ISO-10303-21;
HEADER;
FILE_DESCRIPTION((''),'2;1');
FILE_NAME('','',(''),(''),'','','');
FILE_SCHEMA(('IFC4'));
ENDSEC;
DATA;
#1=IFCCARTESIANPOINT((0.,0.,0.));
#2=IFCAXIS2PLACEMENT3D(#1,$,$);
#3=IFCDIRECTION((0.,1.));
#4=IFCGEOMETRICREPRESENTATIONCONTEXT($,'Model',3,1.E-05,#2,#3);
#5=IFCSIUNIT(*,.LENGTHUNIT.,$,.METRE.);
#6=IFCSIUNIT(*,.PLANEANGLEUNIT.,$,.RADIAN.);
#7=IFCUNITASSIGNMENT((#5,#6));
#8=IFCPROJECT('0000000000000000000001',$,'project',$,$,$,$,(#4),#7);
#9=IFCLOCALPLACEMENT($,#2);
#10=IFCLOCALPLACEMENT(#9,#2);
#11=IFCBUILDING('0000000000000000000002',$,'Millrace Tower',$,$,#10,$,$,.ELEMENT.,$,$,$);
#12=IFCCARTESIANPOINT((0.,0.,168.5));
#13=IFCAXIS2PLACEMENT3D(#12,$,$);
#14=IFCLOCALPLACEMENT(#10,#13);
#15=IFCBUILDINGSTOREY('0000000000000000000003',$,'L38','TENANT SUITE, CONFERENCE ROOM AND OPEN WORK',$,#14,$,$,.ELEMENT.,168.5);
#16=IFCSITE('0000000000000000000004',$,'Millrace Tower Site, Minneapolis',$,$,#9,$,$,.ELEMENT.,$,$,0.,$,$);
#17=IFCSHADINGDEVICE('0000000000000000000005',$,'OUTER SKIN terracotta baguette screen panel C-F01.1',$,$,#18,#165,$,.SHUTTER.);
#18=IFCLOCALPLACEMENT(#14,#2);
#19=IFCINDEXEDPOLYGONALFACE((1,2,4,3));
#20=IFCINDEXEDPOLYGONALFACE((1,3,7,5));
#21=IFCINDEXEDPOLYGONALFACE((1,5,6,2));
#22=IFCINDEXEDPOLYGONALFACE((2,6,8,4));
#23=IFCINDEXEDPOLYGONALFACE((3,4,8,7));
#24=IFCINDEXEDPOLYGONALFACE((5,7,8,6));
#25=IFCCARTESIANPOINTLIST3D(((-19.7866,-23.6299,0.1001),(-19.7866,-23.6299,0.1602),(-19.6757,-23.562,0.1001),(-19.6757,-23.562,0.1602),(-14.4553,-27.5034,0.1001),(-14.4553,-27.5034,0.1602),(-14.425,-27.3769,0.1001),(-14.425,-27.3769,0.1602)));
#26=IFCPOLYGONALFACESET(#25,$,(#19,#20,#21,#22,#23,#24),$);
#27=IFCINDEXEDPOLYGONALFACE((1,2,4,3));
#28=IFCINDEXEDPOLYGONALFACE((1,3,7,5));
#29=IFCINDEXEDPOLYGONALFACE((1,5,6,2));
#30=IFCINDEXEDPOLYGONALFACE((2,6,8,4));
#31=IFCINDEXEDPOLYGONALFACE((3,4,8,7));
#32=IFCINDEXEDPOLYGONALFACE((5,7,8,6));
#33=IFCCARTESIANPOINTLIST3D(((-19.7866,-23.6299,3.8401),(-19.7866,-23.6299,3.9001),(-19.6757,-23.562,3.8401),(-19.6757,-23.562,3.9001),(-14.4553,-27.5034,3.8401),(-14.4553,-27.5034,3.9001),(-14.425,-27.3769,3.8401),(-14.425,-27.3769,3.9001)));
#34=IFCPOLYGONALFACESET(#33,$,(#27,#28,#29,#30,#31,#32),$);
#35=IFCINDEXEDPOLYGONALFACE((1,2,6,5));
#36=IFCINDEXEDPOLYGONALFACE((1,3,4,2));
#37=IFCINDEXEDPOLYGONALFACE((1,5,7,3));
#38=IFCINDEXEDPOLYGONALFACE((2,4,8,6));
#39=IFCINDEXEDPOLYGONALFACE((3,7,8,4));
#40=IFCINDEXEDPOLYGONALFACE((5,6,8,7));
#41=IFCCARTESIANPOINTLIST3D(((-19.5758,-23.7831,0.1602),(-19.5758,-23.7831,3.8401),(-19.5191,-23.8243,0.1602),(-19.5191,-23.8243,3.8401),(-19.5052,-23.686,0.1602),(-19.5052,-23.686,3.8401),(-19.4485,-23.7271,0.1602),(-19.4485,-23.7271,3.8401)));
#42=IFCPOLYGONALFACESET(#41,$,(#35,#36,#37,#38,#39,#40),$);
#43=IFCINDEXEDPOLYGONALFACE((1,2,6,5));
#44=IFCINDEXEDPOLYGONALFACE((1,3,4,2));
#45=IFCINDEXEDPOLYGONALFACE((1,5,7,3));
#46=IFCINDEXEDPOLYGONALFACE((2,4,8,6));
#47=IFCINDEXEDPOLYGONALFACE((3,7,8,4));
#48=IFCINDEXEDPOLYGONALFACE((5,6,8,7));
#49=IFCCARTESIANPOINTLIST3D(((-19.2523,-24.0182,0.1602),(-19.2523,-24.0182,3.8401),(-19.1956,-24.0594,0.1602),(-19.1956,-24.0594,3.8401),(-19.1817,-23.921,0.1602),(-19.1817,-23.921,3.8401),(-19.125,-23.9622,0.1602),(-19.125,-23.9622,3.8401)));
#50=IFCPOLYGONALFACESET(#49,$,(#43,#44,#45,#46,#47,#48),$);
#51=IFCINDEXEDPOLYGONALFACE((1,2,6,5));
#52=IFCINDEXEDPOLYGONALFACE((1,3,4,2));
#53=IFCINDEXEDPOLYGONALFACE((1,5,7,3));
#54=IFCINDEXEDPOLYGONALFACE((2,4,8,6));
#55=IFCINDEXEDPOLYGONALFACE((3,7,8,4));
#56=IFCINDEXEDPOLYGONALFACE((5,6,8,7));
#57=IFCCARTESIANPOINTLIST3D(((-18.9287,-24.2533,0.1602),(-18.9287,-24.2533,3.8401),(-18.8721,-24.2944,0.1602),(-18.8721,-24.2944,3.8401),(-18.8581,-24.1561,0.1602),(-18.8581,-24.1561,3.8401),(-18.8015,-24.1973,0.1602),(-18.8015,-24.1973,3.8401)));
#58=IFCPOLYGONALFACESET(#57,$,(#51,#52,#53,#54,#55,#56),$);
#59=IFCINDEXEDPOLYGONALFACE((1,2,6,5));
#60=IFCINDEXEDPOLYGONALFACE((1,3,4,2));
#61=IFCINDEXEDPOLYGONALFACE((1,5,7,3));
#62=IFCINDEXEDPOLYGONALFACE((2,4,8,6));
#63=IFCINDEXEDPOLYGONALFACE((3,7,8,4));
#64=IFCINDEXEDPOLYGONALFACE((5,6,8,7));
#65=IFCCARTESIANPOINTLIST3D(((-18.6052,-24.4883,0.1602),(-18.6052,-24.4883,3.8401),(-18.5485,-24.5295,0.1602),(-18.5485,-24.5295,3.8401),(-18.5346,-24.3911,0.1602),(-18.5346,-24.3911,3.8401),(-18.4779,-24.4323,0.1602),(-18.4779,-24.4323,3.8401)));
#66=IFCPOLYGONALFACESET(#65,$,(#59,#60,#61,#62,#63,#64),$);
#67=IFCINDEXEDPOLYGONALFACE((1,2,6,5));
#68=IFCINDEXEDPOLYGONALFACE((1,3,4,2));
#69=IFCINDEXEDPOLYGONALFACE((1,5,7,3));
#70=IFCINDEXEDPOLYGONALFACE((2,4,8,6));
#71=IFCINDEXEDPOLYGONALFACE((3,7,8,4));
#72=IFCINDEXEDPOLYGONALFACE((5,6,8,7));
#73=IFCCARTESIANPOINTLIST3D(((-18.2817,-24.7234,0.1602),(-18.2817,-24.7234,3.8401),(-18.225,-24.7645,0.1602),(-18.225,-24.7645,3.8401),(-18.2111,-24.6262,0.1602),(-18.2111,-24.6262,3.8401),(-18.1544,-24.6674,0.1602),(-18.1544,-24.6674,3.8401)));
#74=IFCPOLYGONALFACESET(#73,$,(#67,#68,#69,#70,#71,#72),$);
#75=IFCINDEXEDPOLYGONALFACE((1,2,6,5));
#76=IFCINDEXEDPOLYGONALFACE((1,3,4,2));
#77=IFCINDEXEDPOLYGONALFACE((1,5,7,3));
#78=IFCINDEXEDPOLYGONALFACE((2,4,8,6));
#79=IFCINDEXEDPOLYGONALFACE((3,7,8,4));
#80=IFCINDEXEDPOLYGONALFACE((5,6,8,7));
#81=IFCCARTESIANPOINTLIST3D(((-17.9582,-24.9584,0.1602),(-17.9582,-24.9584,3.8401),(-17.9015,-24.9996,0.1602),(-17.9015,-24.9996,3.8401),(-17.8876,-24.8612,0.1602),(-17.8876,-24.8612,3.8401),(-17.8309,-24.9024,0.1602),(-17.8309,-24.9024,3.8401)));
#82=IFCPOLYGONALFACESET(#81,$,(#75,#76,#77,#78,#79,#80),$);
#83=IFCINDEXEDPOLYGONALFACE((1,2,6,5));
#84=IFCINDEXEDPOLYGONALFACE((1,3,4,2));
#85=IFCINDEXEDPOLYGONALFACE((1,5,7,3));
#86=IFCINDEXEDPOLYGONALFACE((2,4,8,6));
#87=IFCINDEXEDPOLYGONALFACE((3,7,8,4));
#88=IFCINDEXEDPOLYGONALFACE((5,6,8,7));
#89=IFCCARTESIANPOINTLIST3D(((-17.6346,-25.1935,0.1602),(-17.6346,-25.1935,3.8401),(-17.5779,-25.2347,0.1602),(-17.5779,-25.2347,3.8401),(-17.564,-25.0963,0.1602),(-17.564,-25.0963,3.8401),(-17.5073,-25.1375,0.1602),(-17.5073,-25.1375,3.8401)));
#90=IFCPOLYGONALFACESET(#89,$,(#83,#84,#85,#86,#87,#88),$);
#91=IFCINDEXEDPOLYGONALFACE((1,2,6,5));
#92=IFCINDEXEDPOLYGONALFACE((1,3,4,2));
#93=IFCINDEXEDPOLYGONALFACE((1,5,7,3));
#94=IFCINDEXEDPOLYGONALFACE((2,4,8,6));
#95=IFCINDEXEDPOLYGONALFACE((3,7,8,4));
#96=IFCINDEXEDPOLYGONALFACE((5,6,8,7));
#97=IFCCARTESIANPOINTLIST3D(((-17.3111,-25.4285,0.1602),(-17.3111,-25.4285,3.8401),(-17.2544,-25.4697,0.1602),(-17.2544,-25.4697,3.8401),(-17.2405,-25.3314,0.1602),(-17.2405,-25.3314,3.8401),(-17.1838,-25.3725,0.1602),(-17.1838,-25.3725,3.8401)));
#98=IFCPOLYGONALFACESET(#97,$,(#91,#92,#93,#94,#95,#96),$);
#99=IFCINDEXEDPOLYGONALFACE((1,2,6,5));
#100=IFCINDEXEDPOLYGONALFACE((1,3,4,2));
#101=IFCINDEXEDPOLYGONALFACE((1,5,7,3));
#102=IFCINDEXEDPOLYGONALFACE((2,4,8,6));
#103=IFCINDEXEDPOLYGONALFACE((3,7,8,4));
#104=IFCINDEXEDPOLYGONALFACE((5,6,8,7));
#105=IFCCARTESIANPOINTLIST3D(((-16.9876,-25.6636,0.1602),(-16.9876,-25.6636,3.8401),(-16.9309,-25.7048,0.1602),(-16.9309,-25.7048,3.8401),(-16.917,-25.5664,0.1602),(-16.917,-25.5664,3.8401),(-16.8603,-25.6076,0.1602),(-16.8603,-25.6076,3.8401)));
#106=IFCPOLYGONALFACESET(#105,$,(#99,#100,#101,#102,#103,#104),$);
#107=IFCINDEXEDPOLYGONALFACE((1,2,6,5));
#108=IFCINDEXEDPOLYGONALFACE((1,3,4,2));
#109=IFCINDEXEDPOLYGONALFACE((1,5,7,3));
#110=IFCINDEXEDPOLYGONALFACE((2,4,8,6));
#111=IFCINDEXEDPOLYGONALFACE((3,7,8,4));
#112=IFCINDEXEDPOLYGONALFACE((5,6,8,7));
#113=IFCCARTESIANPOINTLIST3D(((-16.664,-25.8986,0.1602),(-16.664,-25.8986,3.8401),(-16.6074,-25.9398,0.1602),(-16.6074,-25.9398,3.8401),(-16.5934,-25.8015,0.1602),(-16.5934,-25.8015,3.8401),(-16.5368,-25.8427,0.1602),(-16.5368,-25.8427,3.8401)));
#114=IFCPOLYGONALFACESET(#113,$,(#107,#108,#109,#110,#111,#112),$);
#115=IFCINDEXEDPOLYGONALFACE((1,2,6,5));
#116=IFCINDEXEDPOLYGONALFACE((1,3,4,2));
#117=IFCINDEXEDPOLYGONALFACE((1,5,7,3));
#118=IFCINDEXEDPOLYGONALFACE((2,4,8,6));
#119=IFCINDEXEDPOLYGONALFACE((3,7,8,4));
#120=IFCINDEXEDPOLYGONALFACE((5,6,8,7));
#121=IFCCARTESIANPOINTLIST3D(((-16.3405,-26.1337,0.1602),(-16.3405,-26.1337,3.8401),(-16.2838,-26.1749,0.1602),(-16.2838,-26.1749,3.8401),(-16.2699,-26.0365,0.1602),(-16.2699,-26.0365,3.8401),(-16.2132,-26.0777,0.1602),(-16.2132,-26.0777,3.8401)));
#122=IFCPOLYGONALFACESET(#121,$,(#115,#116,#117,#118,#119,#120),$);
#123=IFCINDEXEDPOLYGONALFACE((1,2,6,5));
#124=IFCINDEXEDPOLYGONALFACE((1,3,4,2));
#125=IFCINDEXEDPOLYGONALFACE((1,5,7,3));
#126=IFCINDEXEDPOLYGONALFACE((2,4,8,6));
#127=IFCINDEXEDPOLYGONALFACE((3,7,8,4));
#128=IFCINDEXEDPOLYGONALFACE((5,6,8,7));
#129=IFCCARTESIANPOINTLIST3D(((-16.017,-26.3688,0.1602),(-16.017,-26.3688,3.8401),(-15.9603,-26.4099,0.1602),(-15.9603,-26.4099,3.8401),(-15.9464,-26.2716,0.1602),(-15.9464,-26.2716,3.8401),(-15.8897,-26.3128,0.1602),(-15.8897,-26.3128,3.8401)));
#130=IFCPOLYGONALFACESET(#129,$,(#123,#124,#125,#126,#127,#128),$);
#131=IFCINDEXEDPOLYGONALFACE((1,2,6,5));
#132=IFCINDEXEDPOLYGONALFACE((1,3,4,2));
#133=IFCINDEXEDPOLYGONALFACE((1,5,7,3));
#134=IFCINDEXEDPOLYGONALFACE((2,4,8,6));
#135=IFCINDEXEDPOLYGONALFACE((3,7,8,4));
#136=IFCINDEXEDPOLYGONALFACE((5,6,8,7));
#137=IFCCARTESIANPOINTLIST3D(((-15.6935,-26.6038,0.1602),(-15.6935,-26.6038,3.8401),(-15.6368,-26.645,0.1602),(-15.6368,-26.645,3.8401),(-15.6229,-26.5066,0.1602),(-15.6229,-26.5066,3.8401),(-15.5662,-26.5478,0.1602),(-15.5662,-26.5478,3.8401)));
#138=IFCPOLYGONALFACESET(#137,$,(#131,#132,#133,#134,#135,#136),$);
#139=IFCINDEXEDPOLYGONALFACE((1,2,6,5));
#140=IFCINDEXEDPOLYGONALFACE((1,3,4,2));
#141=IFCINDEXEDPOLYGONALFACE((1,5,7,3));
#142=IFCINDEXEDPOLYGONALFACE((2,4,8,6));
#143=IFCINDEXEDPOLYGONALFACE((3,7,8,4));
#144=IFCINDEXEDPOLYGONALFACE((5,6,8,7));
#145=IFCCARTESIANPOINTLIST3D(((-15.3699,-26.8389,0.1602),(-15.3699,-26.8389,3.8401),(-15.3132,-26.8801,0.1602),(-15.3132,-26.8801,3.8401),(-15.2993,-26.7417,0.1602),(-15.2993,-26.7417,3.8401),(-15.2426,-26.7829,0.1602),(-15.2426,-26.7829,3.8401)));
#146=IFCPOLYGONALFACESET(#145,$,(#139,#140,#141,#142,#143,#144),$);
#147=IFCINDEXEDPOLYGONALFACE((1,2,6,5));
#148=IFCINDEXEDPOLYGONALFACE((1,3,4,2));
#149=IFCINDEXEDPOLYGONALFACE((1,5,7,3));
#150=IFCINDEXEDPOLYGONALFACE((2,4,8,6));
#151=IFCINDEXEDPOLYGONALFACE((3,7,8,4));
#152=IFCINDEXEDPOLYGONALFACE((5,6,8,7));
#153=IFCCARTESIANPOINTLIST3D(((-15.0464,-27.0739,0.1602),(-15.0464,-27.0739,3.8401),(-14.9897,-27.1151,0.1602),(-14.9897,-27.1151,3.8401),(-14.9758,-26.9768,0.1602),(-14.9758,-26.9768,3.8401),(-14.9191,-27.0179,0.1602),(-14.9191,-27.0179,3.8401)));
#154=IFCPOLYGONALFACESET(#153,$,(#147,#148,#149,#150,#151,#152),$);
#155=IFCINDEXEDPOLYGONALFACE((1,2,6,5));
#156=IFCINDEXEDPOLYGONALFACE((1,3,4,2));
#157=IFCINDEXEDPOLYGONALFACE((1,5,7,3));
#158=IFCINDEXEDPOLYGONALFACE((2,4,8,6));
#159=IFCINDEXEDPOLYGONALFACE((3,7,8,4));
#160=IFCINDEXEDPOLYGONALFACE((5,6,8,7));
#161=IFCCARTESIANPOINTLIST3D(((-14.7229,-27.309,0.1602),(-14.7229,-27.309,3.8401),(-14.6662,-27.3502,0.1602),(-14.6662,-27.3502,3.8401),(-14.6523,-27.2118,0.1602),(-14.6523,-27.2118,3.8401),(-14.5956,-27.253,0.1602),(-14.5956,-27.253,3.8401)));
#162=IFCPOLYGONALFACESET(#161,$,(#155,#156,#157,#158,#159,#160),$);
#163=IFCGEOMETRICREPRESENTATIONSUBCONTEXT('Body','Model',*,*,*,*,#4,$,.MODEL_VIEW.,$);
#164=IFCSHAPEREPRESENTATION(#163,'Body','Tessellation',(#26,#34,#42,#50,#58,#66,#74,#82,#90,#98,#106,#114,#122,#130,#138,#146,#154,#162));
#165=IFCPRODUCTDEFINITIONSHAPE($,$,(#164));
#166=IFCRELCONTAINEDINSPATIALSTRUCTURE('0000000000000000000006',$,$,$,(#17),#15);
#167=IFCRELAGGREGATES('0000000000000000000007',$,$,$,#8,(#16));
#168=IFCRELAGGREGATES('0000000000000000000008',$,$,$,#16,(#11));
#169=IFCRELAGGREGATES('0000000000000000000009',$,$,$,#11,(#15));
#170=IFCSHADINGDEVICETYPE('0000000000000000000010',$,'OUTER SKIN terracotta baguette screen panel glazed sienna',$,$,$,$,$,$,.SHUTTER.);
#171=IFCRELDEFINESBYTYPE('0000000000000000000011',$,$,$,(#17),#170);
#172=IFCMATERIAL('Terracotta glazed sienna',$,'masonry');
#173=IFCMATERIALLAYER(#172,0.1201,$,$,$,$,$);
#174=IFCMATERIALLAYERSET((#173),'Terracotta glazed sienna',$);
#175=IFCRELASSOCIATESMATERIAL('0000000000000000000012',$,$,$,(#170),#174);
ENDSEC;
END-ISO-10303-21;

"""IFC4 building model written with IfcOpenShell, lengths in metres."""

from ifc_helpers import new_model, entity, si_unit, direction, frame, frame_2d, origin, place, context, subcontext, project, spatial, rectangle, extrude, source, transform, mapped, material, layer, layer_set, type_object, element, save


model = new_model("IFC4")

# Units and contexts
model_context = context("Model", 3, precision=1e-05, world=origin(), true_north=direction((0.0, 1.0)))
body_context = subcontext(model_context, "Body", "Model", "MODEL_VIEW")
ifc_project = project(units=[si_unit("LENGTHUNIT", "METRE"), si_unit("PLANEANGLEUNIT", "RADIAN")], contexts=[model_context])

# Site, building, storey
site_placement = place(None, origin())
site = spatial("IfcSite", under=ifc_project, at=site_placement, Name="Millrace Tower Site, Minneapolis", CompositionType="ELEMENT", RefElevation=0.0)
building_placement = place(site_placement, origin())
building = spatial("IfcBuilding", under=site, at=building_placement, Name="Millrace Tower", CompositionType="ELEMENT")
storey_placement = place(building_placement, frame((0.0, 0.0, 168.5)))
storey = spatial("IfcBuildingStorey", under=building, at=storey_placement, Name="L38", Description="TENANT SUITE, CONFERENCE ROOM AND OPEN WORK", CompositionType="ELEMENT", Elevation=168.5)

# Shading device
ifc_material_1 = material(Name="Terracotta glazed sienna", Category="masonry")
ifc_layer_1 = layer(ifc_material_1, 0.1201)
ifc_layer_set_1 = layer_set([ifc_layer_1], Name="Terracotta glazed sienna")
shading_device_type = type_object("IfcShadingDeviceType", Name="OUTER SKIN terracotta baguette screen panel glazed sienna", PredefinedType="SHUTTER", material=ifc_layer_set_1)
cartesian_point_1 = entity("IfcCartesianPoint", [-3.2451, 0.0601])
shared_polyline_1 = entity("IfcPolyline", [cartesian_point_1, entity("IfcCartesianPoint", [3.2451, 0.0601]), entity("IfcCartesianPoint", [3.2949, -0.0601]), entity("IfcCartesianPoint", [-3.2949, -0.0601]), cartesian_point_1])
shared_shape_1 = source(origin(), body_context, "Body", "SweptSolid", [
    entity("IfcExtrudedAreaSolid", entity("IfcArbitraryClosedProfileDef", "AREA", None, shared_polyline_1), entity("IfcAxis2Placement3D", entity("IfcCartesianPoint", [0.0, 0.0, 0.0])), entity("IfcDirection", [0.0, 0.0, 1.0]), 0.0601),
    entity("IfcExtrudedAreaSolid", entity("IfcArbitraryClosedProfileDef", "AREA", None, shared_polyline_1), entity("IfcAxis2Placement3D", entity("IfcCartesianPoint", [0.0, 0.0, 3.74])), entity("IfcDirection", [0.0, 0.0, 1.0]), 0.0601),
    extrude(rectangle(XDim=0.0701, YDim=0.1201, at=frame_2d((-2.9993, 0.0))), frame((0.0, 0.0, 0.0601)), (0.0, 0.0, 1.0), 3.6799),
    extrude(rectangle(XDim=0.0701, YDim=0.1201, at=frame_2d((-2.5994, 0.0))), frame((0.0, 0.0, 0.0601)), (0.0, 0.0, 1.0), 3.6799),
    extrude(rectangle(XDim=0.0701, YDim=0.1201, at=frame_2d((-2.1995, 0.0))), frame((0.0, 0.0, 0.0601)), (0.0, 0.0, 1.0), 3.6799),
    extrude(rectangle(XDim=0.0701, YDim=0.1201, at=frame_2d((-1.7996, 0.0))), frame((0.0, 0.0, 0.0601)), (0.0, 0.0, 1.0), 3.6799),
    extrude(rectangle(XDim=0.0701, YDim=0.1201, at=frame_2d((-1.3997, 0.0))), frame((0.0, 0.0, 0.0601)), (0.0, 0.0, 1.0), 3.6799),
    extrude(rectangle(XDim=0.0701, YDim=0.1201, at=frame_2d((-0.9998, 0.0))), frame((0.0, 0.0, 0.0601)), (0.0, 0.0, 1.0), 3.6799),
    extrude(rectangle(XDim=0.0701, YDim=0.1201, at=frame_2d((-0.5999, 0.0))), frame((0.0, 0.0, 0.0601)), (0.0, 0.0, 1.0), 3.6799),
    extrude(rectangle(XDim=0.0701, YDim=0.1201, at=frame_2d((-0.2, 0.0))), frame((0.0, 0.0, 0.0601)), (0.0, 0.0, 1.0), 3.6799),
    extrude(rectangle(XDim=0.0701, YDim=0.1201, at=frame_2d((0.2, 0.0))), frame((0.0, 0.0, 0.0601)), (0.0, 0.0, 1.0), 3.6799),
    extrude(rectangle(XDim=0.0701, YDim=0.1201, at=frame_2d((0.5999, 0.0))), frame((0.0, 0.0, 0.0601)), (0.0, 0.0, 1.0), 3.6799),
    extrude(rectangle(XDim=0.0701, YDim=0.1201, at=frame_2d((0.9998, 0.0))), frame((0.0, 0.0, 0.0601)), (0.0, 0.0, 1.0), 3.6799),
    extrude(rectangle(XDim=0.0701, YDim=0.1201, at=frame_2d((1.3997, 0.0))), frame((0.0, 0.0, 0.0601)), (0.0, 0.0, 1.0), 3.6799),
    extrude(rectangle(XDim=0.0701, YDim=0.1201, at=frame_2d((1.7996, 0.0))), frame((0.0, 0.0, 0.0601)), (0.0, 0.0, 1.0), 3.6799),
    extrude(rectangle(XDim=0.0701, YDim=0.1201, at=frame_2d((2.1995, 0.0))), frame((0.0, 0.0, 0.0601)), (0.0, 0.0, 1.0), 3.6799),
    extrude(rectangle(XDim=0.0701, YDim=0.1201, at=frame_2d((2.5994, 0.0))), frame((0.0, 0.0, 0.0601)), (0.0, 0.0, 1.0), 3.6799),
    extrude(rectangle(XDim=0.0701, YDim=0.1201, at=frame_2d((2.9993, 0.0))), frame((0.0, 0.0, 0.0601)), (0.0, 0.0, 1.0), 3.6799),
])
shading_device_1_placement = place(storey_placement, frame((-17.0857, -25.5181, 0.1001), z_axis=(0.0, 0.0, 1.0), x_axis=(0.809017, -0.587785, 0.0)))
element("IfcShadingDevice", 1, at=shading_device_1_placement, inside=storey, type_object=shading_device_type, Name="OUTER SKIN terracotta baguette screen panel C-F01.1", PredefinedType="SHUTTER", context=body_context, shape_type="MappedRepresentation", body=[
    mapped(shared_shape_1, transform((0.0, 0.0, 0.0), scale=1.0)),
])

save(model, "model.ifc")
